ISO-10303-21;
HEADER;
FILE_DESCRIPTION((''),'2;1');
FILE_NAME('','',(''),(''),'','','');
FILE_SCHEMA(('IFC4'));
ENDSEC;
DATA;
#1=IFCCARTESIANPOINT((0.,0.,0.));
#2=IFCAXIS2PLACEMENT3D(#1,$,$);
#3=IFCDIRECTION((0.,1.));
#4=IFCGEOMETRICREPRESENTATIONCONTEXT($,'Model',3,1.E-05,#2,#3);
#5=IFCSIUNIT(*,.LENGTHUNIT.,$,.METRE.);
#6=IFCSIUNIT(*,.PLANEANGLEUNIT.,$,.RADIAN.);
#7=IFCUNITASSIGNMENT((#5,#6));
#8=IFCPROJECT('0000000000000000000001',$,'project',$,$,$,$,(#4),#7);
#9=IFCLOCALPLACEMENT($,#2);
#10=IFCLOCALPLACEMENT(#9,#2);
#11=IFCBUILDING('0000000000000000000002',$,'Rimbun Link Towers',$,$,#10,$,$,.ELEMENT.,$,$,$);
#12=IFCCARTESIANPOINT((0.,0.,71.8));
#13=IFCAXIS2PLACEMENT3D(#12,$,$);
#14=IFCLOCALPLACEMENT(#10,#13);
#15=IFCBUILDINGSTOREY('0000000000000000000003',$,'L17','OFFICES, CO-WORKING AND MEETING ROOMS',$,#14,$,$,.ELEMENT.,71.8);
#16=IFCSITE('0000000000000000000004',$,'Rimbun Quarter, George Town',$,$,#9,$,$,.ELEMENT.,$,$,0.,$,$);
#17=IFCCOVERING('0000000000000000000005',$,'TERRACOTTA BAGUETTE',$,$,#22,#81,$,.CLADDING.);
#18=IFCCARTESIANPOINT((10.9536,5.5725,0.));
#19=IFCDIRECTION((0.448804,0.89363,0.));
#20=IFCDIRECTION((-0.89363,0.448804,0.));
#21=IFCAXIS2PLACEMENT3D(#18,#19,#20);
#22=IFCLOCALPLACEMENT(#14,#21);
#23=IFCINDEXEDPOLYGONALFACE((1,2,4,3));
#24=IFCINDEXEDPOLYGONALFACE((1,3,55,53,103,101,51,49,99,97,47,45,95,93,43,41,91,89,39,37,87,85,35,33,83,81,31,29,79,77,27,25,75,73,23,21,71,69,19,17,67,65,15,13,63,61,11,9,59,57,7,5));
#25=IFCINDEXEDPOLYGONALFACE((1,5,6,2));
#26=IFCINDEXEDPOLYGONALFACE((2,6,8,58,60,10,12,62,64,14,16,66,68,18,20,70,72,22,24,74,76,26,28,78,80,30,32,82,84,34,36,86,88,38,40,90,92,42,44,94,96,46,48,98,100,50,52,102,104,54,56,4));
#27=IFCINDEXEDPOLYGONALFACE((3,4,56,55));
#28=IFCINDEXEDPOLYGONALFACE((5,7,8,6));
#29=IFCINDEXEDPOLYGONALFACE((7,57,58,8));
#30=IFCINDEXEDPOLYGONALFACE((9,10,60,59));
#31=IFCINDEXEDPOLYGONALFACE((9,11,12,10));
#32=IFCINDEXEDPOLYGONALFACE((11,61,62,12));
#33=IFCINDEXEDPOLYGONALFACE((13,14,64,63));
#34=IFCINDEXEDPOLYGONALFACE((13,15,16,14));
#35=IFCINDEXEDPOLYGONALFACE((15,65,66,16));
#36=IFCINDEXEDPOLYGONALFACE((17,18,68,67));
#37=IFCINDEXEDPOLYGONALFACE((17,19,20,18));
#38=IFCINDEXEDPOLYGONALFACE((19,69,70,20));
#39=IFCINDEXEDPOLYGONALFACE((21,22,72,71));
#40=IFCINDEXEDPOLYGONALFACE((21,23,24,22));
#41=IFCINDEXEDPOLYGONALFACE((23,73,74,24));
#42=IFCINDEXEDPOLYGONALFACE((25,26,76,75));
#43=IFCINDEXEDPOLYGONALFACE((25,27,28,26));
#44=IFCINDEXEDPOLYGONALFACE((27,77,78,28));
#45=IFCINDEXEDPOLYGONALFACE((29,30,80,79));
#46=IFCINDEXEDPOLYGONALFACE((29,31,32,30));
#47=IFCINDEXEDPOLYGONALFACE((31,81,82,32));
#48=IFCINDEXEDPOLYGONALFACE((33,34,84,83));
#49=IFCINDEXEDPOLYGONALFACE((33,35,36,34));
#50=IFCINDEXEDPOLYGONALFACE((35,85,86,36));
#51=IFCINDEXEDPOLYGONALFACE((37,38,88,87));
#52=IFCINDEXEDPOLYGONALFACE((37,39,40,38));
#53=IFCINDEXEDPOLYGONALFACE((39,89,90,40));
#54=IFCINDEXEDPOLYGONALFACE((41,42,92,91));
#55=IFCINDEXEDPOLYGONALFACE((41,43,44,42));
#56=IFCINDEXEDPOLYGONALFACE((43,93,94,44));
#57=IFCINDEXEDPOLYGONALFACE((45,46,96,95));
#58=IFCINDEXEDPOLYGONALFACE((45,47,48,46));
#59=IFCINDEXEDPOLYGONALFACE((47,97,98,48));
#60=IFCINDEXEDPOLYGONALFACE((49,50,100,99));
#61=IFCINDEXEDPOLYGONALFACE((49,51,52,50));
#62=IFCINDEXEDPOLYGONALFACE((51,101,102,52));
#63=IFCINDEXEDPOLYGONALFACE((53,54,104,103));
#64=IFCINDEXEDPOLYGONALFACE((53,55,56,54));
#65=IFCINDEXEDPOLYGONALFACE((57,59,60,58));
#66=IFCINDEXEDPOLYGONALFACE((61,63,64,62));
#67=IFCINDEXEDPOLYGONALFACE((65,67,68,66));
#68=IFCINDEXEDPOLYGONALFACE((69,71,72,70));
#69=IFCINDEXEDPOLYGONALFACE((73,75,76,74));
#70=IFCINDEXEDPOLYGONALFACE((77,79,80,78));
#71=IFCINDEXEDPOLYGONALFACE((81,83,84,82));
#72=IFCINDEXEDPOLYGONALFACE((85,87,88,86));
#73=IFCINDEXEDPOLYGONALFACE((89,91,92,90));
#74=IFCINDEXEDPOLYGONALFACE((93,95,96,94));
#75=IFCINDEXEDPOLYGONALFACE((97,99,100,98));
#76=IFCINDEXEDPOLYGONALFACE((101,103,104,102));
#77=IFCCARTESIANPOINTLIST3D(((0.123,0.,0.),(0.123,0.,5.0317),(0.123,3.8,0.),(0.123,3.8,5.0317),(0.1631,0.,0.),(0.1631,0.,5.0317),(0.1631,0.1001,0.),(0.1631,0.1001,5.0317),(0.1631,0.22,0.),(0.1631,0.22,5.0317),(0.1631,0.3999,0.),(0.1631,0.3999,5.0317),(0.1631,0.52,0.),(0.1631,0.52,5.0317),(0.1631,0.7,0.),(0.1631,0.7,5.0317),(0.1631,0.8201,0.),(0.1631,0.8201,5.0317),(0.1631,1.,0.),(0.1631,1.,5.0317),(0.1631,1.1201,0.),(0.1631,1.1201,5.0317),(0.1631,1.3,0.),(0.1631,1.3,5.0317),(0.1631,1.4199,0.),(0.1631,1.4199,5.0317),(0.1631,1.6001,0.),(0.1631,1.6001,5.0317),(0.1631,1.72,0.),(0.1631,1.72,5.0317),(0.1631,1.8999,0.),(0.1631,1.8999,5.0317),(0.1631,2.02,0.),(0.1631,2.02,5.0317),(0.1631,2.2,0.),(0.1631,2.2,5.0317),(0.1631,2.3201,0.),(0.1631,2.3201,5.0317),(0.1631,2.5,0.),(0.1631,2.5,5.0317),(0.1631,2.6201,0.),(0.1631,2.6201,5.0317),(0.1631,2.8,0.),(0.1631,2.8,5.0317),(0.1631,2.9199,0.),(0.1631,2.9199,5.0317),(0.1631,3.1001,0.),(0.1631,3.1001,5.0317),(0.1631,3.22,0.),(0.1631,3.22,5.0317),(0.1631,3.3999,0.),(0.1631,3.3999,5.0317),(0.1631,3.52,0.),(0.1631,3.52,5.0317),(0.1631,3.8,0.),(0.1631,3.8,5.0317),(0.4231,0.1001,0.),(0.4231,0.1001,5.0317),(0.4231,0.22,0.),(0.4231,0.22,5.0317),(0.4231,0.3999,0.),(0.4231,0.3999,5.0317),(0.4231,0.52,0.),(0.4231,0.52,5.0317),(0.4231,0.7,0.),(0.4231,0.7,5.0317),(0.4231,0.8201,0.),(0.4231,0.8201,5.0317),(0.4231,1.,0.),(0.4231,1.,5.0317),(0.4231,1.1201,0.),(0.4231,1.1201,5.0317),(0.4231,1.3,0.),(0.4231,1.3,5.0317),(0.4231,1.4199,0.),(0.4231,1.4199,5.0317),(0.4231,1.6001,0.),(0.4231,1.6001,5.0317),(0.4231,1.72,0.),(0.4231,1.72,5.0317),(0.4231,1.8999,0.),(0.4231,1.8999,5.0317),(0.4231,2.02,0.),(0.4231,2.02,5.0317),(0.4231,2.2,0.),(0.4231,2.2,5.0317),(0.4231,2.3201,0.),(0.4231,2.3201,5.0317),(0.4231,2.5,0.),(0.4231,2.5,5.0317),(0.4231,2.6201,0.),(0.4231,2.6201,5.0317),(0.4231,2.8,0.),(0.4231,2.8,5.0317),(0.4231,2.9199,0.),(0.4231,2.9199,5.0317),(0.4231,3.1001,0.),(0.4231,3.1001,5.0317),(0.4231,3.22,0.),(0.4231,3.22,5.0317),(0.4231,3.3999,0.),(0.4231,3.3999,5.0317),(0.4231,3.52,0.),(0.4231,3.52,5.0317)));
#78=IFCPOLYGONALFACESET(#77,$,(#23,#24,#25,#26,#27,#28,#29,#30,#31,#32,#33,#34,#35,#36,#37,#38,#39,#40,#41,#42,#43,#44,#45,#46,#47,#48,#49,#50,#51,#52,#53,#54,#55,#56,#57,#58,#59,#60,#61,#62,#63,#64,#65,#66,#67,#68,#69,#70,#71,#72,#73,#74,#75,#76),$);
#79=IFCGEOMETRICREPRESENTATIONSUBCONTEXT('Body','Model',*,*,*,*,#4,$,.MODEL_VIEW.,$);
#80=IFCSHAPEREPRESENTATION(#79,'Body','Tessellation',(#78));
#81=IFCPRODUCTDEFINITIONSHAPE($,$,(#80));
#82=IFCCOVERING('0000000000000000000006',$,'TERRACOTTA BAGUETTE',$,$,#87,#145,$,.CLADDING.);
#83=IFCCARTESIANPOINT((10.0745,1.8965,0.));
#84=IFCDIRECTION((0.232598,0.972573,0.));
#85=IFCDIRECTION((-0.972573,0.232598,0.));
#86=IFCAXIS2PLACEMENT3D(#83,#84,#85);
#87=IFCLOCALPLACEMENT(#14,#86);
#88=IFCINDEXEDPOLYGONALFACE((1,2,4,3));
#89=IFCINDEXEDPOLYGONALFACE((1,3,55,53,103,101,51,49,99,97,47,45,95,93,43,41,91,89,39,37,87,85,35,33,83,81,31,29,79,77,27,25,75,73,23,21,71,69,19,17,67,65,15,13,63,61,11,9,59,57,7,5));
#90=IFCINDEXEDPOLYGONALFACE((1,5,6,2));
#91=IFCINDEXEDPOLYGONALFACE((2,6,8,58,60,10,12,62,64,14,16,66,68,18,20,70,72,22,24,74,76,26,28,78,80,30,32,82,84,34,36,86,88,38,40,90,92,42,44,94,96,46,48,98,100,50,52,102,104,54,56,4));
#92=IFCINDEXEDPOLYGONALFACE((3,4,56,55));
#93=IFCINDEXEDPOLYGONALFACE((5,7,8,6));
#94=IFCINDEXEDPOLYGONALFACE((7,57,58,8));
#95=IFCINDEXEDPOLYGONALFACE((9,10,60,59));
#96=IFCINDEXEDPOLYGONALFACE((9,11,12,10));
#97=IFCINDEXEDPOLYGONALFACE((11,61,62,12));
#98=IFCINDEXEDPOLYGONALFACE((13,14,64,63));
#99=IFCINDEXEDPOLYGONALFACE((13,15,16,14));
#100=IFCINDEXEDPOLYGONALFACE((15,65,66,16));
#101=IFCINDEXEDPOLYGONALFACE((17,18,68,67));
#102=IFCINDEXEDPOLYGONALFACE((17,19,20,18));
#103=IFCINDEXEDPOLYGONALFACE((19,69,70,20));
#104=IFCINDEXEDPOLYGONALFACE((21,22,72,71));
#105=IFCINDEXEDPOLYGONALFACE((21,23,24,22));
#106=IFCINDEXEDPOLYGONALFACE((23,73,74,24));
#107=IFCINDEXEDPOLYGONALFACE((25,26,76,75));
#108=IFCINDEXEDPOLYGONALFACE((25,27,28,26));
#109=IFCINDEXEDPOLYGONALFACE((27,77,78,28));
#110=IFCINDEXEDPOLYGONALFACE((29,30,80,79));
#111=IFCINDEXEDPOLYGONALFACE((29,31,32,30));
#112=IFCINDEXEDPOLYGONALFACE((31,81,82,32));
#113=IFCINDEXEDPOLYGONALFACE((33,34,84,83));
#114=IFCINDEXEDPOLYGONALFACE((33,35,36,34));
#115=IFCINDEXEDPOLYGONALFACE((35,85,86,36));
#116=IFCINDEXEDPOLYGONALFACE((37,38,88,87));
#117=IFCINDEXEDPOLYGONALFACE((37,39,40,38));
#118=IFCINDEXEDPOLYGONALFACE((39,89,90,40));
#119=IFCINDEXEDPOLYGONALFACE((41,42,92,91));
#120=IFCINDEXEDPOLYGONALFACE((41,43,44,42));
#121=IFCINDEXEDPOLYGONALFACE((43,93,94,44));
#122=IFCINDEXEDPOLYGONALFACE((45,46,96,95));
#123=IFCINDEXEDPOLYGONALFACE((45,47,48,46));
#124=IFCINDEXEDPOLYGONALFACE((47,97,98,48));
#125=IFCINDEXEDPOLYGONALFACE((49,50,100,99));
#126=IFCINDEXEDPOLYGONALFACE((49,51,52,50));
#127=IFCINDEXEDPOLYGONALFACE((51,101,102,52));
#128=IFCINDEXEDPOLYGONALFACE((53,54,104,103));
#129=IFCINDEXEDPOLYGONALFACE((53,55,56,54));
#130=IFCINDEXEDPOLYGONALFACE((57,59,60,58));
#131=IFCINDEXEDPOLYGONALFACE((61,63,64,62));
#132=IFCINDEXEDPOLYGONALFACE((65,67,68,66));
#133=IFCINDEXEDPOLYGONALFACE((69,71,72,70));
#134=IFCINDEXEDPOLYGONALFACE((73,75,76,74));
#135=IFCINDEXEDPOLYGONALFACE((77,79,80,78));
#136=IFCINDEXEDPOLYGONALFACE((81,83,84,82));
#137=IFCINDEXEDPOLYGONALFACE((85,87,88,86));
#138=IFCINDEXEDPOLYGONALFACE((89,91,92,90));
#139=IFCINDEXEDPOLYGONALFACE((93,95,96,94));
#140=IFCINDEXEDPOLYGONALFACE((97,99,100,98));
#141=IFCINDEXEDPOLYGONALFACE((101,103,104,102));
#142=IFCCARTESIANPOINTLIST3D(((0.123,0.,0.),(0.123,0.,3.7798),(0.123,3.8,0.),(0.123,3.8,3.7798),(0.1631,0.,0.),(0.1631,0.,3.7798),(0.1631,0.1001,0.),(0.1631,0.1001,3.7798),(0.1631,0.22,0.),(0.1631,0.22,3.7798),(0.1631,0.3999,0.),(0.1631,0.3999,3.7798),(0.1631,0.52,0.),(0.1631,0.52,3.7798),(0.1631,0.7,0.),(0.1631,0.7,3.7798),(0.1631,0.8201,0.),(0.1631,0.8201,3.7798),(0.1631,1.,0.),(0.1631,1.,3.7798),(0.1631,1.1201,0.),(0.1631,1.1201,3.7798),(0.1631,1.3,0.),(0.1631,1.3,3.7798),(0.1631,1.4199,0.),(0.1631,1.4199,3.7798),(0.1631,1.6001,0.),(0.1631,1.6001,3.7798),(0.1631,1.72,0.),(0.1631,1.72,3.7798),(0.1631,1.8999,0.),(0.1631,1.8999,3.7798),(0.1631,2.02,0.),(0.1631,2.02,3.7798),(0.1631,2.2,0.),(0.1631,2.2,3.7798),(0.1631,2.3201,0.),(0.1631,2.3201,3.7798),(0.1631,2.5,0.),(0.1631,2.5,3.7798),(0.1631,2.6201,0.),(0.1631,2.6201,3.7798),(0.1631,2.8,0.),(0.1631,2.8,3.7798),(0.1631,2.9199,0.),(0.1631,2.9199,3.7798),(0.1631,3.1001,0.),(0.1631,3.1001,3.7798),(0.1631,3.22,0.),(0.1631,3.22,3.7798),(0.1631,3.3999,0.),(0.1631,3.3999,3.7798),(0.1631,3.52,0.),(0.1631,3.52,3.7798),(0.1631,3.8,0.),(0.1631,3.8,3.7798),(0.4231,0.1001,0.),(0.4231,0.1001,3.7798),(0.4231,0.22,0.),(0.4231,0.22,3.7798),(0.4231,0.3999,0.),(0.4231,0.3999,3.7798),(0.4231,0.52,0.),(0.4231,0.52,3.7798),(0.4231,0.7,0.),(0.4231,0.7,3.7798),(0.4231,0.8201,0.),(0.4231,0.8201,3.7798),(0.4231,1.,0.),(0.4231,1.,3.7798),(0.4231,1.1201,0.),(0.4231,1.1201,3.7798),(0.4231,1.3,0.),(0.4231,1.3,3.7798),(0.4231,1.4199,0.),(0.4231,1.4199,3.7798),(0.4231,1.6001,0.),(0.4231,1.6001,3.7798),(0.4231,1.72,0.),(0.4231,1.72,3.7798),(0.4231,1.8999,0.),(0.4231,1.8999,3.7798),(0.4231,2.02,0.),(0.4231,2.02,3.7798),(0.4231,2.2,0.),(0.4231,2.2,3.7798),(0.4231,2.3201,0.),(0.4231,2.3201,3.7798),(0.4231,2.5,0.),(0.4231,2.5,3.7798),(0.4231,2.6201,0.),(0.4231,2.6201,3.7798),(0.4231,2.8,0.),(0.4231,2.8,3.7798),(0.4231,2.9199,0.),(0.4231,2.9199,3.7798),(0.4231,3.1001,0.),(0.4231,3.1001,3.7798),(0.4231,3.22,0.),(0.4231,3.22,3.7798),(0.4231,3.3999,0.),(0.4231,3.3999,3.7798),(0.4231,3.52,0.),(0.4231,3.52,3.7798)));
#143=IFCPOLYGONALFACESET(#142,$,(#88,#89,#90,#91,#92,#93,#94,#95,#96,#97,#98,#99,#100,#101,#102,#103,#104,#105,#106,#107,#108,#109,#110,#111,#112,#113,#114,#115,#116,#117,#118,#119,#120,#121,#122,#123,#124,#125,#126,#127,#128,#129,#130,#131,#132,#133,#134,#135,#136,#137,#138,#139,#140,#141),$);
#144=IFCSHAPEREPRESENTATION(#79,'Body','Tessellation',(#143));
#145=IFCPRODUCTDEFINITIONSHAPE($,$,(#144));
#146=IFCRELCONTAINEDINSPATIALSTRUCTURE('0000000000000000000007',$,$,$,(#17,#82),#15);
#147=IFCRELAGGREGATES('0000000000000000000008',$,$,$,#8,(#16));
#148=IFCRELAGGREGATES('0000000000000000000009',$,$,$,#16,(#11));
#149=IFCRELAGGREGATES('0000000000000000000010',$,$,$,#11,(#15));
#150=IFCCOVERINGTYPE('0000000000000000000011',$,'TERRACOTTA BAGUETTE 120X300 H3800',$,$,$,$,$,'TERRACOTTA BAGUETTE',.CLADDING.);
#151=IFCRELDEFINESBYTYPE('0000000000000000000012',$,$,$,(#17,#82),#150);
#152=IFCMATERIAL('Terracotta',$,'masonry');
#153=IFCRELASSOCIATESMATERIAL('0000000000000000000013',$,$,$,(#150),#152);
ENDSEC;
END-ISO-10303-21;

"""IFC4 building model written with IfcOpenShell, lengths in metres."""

from ifc_helpers import new_model, si_unit, direction, frame, origin, place, context, subcontext, project, spatial, polyline, outline, extrude, material, material_profile, profile_set, type_object, element, save


model = new_model("IFC4")

# Units and contexts
model_context = context("Model", 3, precision=1e-05, world=origin(), true_north=direction((0.0, 1.0)))
body_context = subcontext(model_context, "Body", "Model", "MODEL_VIEW")
ifc_project = project(units=[si_unit("LENGTHUNIT", "METRE"), si_unit("PLANEANGLEUNIT", "RADIAN")], contexts=[model_context])

# Site, building, storey
site_placement = place(None, origin())
site = spatial("IfcSite", under=ifc_project, at=site_placement, Name="Rimbun Quarter, George Town", CompositionType="ELEMENT", RefElevation=0.0)
building_placement = place(site_placement, origin())
building = spatial("IfcBuilding", under=site, at=building_placement, Name="Rimbun Link Towers", CompositionType="ELEMENT")
storey_placement = place(building_placement, frame((0.0, 0.0, 71.8)))
storey = spatial("IfcBuildingStorey", under=building, at=storey_placement, Name="L17", Description="OFFICES, CO-WORKING AND MEETING ROOMS", CompositionType="ELEMENT", Elevation=71.8)

# Coverings
ifc_material_1 = material(Name="Terracotta", Category="masonry")
ifc_material_profile_1 = material_profile(ifc_material_1, outline(polyline([(0.123, 0.0), (0.1631, 0.0), (0.1631, 0.1001), (0.4231, 0.1001), (0.4231, 0.22), (0.1631, 0.22), (0.1631, 0.3999), (0.4231, 0.3999), (0.4231, 0.52), (0.1631, 0.52), (0.1631, 0.7), (0.4231, 0.7), (0.4231, 0.8201), (0.1631, 0.8201), (0.1631, 1.0), (0.4231, 1.0), (0.4231, 1.1201), (0.1631, 1.1201), (0.1631, 1.3), (0.4231, 1.3), (0.4231, 1.4199), (0.1631, 1.4199), (0.1631, 1.6001), (0.4231, 1.6001), (0.4231, 1.72), (0.1631, 1.72), (0.1631, 1.8999), (0.4231, 1.8999), (0.4231, 2.02), (0.1631, 2.02), (0.1631, 2.2), (0.4231, 2.2), (0.4231, 2.3201), (0.1631, 2.3201), (0.1631, 2.5), (0.4231, 2.5), (0.4231, 2.6201), (0.1631, 2.6201), (0.1631, 2.8), (0.4231, 2.8), (0.4231, 2.9199), (0.1631, 2.9199), (0.1631, 3.1001), (0.4231, 3.1001), (0.4231, 3.22), (0.1631, 3.22), (0.1631, 3.3999), (0.4231, 3.3999), (0.4231, 3.52), (0.1631, 3.52), (0.1631, 3.8), (0.123, 3.8), (0.123, 0.0)])), Name="BAGUETTE 120X300")
ifc_profile_set_1 = profile_set([ifc_material_profile_1], Name="Terracotta")
covering_type_1 = type_object("IfcCoveringType", Name="TERRACOTTA BAGUETTE 120X300 H3800", ElementType="TERRACOTTA BAGUETTE", PredefinedType="CLADDING", material=ifc_profile_set_1)
covering_1_placement = place(storey_placement, frame((10.9536, 5.5725, 0.0), z_axis=(0.448804, 0.89363, 0.0), x_axis=(-0.89363, 0.448804, 0.0)))
element("IfcCovering", 1, at=covering_1_placement, inside=storey, type_object=covering_type_1, Name="TERRACOTTA BAGUETTE", PredefinedType="CLADDING", context=body_context, shape_type="SweptSolid", body=[
    extrude(outline(polyline([(0.123, 0.0), (0.1631, 0.0), (0.1631, 0.1001), (0.4231, 0.1001), (0.4231, 0.22), (0.1631, 0.22), (0.1631, 0.3999), (0.4231, 0.3999), (0.4231, 0.52), (0.1631, 0.52), (0.1631, 0.7), (0.4231, 0.7), (0.4231, 0.8201), (0.1631, 0.8201), (0.1631, 1.0), (0.4231, 1.0), (0.4231, 1.1201), (0.1631, 1.1201), (0.1631, 1.3), (0.4231, 1.3), (0.4231, 1.4199), (0.1631, 1.4199), (0.1631, 1.6001), (0.4231, 1.6001), (0.4231, 1.72), (0.1631, 1.72), (0.1631, 1.8999), (0.4231, 1.8999), (0.4231, 2.02), (0.1631, 2.02), (0.1631, 2.2), (0.4231, 2.2), (0.4231, 2.3201), (0.1631, 2.3201), (0.1631, 2.5), (0.4231, 2.5), (0.4231, 2.6201), (0.1631, 2.6201), (0.1631, 2.8), (0.4231, 2.8), (0.4231, 2.9199), (0.1631, 2.9199), (0.1631, 3.1001), (0.4231, 3.1001), (0.4231, 3.22), (0.1631, 3.22), (0.1631, 3.3999), (0.4231, 3.3999), (0.4231, 3.52), (0.1631, 3.52), (0.1631, 3.8), (0.123, 3.8), (0.123, 0.0)])), origin(), (0.0, 0.0, 1.0), 5.0317),
])
covering_2_placement = place(storey_placement, frame((10.0745, 1.8965, 0.0), z_axis=(0.232598, 0.972573, 0.0), x_axis=(-0.972573, 0.232598, 0.0)))
element("IfcCovering", 2, at=covering_2_placement, inside=storey, type_object=covering_type_1, Name="TERRACOTTA BAGUETTE", PredefinedType="CLADDING", context=body_context, shape_type="SweptSolid", body=[
    extrude(outline(polyline([(0.123, 0.0), (0.1631, 0.0), (0.1631, 0.1001), (0.4231, 0.1001), (0.4231, 0.22), (0.1631, 0.22), (0.1631, 0.3999), (0.4231, 0.3999), (0.4231, 0.52), (0.1631, 0.52), (0.1631, 0.7), (0.4231, 0.7), (0.4231, 0.8201), (0.1631, 0.8201), (0.1631, 1.0), (0.4231, 1.0), (0.4231, 1.1201), (0.1631, 1.1201), (0.1631, 1.3), (0.4231, 1.3), (0.4231, 1.4199), (0.1631, 1.4199), (0.1631, 1.6001), (0.4231, 1.6001), (0.4231, 1.72), (0.1631, 1.72), (0.1631, 1.8999), (0.4231, 1.8999), (0.4231, 2.02), (0.1631, 2.02), (0.1631, 2.2), (0.4231, 2.2), (0.4231, 2.3201), (0.1631, 2.3201), (0.1631, 2.5), (0.4231, 2.5), (0.4231, 2.6201), (0.1631, 2.6201), (0.1631, 2.8), (0.4231, 2.8), (0.4231, 2.9199), (0.1631, 2.9199), (0.1631, 3.1001), (0.4231, 3.1001), (0.4231, 3.22), (0.1631, 3.22), (0.1631, 3.3999), (0.4231, 3.3999), (0.4231, 3.52), (0.1631, 3.52), (0.1631, 3.8), (0.123, 3.8), (0.123, 0.0)])), origin(), (0.0, 0.0, 1.0), 3.7798),
])

save(model, "model.ifc")
